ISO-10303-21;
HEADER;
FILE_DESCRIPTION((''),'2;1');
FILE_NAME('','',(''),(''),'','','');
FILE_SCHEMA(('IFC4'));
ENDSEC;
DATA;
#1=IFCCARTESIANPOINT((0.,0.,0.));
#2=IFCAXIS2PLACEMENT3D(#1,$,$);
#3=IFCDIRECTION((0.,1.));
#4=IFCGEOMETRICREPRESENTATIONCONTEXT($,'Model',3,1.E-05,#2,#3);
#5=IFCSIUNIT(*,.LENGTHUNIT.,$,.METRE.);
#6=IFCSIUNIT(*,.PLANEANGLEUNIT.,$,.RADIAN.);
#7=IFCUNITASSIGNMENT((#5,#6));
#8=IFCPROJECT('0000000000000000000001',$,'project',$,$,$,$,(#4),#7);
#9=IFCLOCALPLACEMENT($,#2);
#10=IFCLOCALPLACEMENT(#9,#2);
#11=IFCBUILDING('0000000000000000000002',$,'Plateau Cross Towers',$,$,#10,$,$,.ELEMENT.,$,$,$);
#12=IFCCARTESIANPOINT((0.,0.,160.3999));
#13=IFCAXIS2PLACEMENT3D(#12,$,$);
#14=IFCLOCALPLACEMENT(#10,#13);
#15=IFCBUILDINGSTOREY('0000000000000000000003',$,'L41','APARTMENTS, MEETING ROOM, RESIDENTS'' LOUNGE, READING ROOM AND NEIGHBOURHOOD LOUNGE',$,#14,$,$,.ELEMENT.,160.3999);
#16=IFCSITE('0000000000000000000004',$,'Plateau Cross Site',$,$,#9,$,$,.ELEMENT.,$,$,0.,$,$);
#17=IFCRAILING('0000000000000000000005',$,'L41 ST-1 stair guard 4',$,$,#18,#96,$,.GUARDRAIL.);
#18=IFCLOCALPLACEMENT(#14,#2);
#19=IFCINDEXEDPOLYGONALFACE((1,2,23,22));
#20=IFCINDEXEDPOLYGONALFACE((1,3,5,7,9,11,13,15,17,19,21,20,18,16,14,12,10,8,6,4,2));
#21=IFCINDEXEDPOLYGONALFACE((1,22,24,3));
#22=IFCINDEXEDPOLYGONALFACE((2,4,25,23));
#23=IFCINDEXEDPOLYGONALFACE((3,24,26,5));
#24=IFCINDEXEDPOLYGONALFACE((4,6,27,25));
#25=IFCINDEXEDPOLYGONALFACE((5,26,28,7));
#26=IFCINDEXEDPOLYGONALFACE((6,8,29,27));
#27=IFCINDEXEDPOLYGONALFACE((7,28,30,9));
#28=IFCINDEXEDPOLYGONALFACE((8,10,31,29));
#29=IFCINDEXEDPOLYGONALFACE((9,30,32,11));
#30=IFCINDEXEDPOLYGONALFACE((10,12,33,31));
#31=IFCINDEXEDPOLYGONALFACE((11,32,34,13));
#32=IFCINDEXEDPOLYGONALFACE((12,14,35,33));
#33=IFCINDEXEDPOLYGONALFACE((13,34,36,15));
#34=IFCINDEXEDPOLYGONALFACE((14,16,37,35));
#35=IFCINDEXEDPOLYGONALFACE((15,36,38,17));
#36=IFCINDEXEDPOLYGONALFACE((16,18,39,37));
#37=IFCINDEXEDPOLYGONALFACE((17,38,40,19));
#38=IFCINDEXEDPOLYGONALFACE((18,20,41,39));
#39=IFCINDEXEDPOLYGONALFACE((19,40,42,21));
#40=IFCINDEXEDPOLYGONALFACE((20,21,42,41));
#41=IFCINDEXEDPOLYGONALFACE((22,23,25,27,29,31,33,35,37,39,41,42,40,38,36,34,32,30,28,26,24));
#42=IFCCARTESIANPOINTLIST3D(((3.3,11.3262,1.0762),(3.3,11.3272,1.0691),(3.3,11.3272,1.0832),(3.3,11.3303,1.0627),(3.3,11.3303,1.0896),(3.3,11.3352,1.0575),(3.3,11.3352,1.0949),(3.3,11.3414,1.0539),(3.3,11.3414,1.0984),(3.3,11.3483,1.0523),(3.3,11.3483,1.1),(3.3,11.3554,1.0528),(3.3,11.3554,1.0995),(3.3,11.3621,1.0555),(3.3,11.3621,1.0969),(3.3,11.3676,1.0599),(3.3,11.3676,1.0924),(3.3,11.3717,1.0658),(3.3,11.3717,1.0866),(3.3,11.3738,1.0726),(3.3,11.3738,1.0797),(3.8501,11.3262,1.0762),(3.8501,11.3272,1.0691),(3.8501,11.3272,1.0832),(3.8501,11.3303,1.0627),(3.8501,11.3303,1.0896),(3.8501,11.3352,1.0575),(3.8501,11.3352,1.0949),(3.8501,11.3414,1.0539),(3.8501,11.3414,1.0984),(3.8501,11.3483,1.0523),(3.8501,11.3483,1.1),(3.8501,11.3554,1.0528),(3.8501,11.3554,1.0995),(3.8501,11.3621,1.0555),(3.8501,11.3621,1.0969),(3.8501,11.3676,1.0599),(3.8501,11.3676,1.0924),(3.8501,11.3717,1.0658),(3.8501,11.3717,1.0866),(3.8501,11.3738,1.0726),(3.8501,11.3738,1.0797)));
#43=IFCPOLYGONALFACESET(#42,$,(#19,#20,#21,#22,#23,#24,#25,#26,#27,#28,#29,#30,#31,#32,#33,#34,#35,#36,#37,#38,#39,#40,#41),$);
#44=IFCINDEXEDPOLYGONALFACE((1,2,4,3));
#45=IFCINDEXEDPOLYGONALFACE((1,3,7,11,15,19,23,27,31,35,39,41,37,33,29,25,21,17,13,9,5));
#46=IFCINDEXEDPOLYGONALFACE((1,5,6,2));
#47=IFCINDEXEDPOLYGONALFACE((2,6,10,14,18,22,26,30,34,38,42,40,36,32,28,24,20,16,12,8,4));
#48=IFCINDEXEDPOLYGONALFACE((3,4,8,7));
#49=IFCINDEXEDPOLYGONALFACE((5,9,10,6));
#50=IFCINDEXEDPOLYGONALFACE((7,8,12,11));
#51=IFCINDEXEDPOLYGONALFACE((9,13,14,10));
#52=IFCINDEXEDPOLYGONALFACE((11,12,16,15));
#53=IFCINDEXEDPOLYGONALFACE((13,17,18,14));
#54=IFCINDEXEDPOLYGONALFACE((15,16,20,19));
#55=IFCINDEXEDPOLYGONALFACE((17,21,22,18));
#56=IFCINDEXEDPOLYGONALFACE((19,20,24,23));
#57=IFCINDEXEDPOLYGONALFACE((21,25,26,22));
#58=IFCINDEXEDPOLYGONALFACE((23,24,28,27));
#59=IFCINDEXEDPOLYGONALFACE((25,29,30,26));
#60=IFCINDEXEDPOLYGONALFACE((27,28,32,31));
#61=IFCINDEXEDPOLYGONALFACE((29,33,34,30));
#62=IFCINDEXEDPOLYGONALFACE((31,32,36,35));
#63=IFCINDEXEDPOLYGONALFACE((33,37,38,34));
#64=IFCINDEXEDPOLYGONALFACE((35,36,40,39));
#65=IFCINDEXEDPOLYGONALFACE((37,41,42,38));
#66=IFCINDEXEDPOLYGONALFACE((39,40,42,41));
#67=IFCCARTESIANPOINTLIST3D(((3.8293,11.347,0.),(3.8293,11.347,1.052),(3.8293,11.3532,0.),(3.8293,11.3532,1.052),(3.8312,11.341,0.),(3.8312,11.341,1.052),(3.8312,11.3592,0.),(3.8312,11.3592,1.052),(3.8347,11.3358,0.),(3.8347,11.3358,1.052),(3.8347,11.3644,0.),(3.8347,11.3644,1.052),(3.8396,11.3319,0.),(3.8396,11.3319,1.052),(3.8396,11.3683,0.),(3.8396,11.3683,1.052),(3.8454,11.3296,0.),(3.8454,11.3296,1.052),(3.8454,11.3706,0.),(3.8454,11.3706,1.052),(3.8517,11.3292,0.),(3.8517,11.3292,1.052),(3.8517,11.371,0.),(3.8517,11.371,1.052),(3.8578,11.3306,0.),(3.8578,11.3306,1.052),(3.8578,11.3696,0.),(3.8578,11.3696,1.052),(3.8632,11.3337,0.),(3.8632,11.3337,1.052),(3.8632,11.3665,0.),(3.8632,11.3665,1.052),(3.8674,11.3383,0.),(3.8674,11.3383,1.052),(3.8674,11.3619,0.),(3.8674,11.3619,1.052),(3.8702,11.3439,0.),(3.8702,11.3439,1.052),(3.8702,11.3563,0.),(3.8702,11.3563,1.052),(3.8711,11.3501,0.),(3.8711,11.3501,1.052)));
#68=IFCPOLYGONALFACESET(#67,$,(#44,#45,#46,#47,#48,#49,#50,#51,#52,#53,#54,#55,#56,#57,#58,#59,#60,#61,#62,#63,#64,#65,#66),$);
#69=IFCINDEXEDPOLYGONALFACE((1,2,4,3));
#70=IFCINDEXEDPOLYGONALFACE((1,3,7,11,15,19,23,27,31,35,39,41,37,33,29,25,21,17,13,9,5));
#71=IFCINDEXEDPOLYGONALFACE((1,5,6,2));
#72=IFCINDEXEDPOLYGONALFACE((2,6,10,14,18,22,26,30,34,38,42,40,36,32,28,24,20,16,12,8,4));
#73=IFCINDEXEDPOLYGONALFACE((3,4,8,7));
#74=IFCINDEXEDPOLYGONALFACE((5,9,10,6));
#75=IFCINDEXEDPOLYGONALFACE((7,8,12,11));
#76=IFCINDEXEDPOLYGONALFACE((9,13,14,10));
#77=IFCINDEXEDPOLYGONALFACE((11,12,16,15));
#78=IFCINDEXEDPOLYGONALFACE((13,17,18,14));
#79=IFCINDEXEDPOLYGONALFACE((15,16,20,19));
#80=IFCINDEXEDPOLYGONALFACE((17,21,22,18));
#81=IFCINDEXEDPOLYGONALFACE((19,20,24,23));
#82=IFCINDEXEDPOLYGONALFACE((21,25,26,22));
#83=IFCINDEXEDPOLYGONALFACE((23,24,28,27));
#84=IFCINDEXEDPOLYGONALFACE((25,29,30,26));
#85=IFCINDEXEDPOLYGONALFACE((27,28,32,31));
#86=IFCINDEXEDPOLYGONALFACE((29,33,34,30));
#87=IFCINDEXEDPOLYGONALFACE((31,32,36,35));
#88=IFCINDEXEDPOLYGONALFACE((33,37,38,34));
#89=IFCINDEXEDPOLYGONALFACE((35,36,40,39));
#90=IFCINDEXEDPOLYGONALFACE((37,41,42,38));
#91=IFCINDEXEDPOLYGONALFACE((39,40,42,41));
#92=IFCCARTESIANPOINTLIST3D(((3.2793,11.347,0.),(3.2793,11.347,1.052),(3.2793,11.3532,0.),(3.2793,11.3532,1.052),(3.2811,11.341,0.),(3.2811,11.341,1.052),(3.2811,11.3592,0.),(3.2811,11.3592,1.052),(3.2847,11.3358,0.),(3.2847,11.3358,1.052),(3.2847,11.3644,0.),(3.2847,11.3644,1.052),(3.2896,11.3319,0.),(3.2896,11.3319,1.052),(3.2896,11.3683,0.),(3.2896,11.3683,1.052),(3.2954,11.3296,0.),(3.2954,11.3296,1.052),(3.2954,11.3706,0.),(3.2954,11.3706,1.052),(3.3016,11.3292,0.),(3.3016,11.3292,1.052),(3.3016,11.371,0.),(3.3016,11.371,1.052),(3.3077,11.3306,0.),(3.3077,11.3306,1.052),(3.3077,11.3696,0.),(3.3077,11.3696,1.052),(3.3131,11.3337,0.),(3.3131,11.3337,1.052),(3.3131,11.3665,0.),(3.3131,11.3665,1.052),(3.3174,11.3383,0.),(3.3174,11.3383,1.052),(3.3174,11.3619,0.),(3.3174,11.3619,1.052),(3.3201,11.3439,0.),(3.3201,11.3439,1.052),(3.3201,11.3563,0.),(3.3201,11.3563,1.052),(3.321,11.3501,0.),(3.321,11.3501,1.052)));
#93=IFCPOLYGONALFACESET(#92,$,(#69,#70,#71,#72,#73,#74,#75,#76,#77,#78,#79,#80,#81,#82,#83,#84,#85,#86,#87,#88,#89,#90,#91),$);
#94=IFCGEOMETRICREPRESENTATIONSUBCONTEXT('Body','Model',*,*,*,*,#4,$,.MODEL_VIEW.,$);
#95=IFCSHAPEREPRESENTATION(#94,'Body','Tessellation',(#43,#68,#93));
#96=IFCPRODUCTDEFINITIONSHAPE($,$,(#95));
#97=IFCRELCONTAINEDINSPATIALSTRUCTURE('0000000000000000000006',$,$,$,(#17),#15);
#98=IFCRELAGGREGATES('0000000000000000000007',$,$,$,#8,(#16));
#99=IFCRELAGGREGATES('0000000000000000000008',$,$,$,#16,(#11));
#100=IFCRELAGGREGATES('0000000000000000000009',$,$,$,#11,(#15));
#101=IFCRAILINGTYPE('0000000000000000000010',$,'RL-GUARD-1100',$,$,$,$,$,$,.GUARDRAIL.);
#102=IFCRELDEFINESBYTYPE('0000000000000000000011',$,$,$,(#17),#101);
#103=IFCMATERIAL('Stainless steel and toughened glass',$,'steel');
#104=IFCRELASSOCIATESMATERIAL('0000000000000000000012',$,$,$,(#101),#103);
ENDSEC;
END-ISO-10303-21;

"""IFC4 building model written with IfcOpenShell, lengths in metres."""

from ifc_helpers import new_model, si_unit, direction, frame, origin, origin_2d, place, context, subcontext, project, spatial, circle, extrude, material, type_object, element, save


model = new_model("IFC4")

# Units and contexts
model_context = context("Model", 3, precision=1e-05, world=origin(), true_north=direction((0.0, 1.0)))
body_context = subcontext(model_context, "Body", "Model", "MODEL_VIEW")
ifc_project = project(units=[si_unit("LENGTHUNIT", "METRE"), si_unit("PLANEANGLEUNIT", "RADIAN")], contexts=[model_context])

# Site, building, storey
site_placement = place(None, origin())
site = spatial("IfcSite", under=ifc_project, at=site_placement, Name="Plateau Cross Site", CompositionType="ELEMENT", RefElevation=0.0)
building_placement = place(site_placement, origin())
building = spatial("IfcBuilding", under=site, at=building_placement, Name="Plateau Cross Towers", CompositionType="ELEMENT")
storey_placement = place(building_placement, frame((0.0, 0.0, 160.3999)))
storey = spatial("IfcBuildingStorey", under=building, at=storey_placement, Name="L41", Description="APARTMENTS, MEETING ROOM, RESIDENTS' LOUNGE, READING ROOM AND NEIGHBOURHOOD LOUNGE", CompositionType="ELEMENT", Elevation=160.3999)

# Railing
ifc_material_1 = material(Name="Stainless steel and toughened glass", Category="steel")
railing_type_1 = type_object("IfcRailingType", Name="RL-GUARD-1100", PredefinedType="GUARDRAIL", material=ifc_material_1)
railing_1_placement = place(storey_placement, frame((3.8501, 11.3501, 0.0)))
element("IfcRailing", 1, at=railing_1_placement, inside=storey, type_object=railing_type_1, Name="L41 ST-1 stair guard 4", PredefinedType="GUARDRAIL", context=body_context, shape_type="SweptSolid", body=[
    extrude(circle(Radius=0.0239, at=origin_2d()), frame((0.0, 0.0, 1.0762), z_axis=(-1.0, 0.0, 0.0), x_axis=(0.0, -1.0, 0.0)), (0.0, 0.0, 1.0), 0.55),
    extrude(circle(Radius=0.021, at=origin_2d()), origin(), (0.0, 0.0, 1.0), 1.052),
    extrude(circle(Radius=0.021, at=origin_2d()), frame((-0.55, 0.0, 0.0)), (0.0, 0.0, 1.0), 1.052),
])

save(model, "model.ifc")
